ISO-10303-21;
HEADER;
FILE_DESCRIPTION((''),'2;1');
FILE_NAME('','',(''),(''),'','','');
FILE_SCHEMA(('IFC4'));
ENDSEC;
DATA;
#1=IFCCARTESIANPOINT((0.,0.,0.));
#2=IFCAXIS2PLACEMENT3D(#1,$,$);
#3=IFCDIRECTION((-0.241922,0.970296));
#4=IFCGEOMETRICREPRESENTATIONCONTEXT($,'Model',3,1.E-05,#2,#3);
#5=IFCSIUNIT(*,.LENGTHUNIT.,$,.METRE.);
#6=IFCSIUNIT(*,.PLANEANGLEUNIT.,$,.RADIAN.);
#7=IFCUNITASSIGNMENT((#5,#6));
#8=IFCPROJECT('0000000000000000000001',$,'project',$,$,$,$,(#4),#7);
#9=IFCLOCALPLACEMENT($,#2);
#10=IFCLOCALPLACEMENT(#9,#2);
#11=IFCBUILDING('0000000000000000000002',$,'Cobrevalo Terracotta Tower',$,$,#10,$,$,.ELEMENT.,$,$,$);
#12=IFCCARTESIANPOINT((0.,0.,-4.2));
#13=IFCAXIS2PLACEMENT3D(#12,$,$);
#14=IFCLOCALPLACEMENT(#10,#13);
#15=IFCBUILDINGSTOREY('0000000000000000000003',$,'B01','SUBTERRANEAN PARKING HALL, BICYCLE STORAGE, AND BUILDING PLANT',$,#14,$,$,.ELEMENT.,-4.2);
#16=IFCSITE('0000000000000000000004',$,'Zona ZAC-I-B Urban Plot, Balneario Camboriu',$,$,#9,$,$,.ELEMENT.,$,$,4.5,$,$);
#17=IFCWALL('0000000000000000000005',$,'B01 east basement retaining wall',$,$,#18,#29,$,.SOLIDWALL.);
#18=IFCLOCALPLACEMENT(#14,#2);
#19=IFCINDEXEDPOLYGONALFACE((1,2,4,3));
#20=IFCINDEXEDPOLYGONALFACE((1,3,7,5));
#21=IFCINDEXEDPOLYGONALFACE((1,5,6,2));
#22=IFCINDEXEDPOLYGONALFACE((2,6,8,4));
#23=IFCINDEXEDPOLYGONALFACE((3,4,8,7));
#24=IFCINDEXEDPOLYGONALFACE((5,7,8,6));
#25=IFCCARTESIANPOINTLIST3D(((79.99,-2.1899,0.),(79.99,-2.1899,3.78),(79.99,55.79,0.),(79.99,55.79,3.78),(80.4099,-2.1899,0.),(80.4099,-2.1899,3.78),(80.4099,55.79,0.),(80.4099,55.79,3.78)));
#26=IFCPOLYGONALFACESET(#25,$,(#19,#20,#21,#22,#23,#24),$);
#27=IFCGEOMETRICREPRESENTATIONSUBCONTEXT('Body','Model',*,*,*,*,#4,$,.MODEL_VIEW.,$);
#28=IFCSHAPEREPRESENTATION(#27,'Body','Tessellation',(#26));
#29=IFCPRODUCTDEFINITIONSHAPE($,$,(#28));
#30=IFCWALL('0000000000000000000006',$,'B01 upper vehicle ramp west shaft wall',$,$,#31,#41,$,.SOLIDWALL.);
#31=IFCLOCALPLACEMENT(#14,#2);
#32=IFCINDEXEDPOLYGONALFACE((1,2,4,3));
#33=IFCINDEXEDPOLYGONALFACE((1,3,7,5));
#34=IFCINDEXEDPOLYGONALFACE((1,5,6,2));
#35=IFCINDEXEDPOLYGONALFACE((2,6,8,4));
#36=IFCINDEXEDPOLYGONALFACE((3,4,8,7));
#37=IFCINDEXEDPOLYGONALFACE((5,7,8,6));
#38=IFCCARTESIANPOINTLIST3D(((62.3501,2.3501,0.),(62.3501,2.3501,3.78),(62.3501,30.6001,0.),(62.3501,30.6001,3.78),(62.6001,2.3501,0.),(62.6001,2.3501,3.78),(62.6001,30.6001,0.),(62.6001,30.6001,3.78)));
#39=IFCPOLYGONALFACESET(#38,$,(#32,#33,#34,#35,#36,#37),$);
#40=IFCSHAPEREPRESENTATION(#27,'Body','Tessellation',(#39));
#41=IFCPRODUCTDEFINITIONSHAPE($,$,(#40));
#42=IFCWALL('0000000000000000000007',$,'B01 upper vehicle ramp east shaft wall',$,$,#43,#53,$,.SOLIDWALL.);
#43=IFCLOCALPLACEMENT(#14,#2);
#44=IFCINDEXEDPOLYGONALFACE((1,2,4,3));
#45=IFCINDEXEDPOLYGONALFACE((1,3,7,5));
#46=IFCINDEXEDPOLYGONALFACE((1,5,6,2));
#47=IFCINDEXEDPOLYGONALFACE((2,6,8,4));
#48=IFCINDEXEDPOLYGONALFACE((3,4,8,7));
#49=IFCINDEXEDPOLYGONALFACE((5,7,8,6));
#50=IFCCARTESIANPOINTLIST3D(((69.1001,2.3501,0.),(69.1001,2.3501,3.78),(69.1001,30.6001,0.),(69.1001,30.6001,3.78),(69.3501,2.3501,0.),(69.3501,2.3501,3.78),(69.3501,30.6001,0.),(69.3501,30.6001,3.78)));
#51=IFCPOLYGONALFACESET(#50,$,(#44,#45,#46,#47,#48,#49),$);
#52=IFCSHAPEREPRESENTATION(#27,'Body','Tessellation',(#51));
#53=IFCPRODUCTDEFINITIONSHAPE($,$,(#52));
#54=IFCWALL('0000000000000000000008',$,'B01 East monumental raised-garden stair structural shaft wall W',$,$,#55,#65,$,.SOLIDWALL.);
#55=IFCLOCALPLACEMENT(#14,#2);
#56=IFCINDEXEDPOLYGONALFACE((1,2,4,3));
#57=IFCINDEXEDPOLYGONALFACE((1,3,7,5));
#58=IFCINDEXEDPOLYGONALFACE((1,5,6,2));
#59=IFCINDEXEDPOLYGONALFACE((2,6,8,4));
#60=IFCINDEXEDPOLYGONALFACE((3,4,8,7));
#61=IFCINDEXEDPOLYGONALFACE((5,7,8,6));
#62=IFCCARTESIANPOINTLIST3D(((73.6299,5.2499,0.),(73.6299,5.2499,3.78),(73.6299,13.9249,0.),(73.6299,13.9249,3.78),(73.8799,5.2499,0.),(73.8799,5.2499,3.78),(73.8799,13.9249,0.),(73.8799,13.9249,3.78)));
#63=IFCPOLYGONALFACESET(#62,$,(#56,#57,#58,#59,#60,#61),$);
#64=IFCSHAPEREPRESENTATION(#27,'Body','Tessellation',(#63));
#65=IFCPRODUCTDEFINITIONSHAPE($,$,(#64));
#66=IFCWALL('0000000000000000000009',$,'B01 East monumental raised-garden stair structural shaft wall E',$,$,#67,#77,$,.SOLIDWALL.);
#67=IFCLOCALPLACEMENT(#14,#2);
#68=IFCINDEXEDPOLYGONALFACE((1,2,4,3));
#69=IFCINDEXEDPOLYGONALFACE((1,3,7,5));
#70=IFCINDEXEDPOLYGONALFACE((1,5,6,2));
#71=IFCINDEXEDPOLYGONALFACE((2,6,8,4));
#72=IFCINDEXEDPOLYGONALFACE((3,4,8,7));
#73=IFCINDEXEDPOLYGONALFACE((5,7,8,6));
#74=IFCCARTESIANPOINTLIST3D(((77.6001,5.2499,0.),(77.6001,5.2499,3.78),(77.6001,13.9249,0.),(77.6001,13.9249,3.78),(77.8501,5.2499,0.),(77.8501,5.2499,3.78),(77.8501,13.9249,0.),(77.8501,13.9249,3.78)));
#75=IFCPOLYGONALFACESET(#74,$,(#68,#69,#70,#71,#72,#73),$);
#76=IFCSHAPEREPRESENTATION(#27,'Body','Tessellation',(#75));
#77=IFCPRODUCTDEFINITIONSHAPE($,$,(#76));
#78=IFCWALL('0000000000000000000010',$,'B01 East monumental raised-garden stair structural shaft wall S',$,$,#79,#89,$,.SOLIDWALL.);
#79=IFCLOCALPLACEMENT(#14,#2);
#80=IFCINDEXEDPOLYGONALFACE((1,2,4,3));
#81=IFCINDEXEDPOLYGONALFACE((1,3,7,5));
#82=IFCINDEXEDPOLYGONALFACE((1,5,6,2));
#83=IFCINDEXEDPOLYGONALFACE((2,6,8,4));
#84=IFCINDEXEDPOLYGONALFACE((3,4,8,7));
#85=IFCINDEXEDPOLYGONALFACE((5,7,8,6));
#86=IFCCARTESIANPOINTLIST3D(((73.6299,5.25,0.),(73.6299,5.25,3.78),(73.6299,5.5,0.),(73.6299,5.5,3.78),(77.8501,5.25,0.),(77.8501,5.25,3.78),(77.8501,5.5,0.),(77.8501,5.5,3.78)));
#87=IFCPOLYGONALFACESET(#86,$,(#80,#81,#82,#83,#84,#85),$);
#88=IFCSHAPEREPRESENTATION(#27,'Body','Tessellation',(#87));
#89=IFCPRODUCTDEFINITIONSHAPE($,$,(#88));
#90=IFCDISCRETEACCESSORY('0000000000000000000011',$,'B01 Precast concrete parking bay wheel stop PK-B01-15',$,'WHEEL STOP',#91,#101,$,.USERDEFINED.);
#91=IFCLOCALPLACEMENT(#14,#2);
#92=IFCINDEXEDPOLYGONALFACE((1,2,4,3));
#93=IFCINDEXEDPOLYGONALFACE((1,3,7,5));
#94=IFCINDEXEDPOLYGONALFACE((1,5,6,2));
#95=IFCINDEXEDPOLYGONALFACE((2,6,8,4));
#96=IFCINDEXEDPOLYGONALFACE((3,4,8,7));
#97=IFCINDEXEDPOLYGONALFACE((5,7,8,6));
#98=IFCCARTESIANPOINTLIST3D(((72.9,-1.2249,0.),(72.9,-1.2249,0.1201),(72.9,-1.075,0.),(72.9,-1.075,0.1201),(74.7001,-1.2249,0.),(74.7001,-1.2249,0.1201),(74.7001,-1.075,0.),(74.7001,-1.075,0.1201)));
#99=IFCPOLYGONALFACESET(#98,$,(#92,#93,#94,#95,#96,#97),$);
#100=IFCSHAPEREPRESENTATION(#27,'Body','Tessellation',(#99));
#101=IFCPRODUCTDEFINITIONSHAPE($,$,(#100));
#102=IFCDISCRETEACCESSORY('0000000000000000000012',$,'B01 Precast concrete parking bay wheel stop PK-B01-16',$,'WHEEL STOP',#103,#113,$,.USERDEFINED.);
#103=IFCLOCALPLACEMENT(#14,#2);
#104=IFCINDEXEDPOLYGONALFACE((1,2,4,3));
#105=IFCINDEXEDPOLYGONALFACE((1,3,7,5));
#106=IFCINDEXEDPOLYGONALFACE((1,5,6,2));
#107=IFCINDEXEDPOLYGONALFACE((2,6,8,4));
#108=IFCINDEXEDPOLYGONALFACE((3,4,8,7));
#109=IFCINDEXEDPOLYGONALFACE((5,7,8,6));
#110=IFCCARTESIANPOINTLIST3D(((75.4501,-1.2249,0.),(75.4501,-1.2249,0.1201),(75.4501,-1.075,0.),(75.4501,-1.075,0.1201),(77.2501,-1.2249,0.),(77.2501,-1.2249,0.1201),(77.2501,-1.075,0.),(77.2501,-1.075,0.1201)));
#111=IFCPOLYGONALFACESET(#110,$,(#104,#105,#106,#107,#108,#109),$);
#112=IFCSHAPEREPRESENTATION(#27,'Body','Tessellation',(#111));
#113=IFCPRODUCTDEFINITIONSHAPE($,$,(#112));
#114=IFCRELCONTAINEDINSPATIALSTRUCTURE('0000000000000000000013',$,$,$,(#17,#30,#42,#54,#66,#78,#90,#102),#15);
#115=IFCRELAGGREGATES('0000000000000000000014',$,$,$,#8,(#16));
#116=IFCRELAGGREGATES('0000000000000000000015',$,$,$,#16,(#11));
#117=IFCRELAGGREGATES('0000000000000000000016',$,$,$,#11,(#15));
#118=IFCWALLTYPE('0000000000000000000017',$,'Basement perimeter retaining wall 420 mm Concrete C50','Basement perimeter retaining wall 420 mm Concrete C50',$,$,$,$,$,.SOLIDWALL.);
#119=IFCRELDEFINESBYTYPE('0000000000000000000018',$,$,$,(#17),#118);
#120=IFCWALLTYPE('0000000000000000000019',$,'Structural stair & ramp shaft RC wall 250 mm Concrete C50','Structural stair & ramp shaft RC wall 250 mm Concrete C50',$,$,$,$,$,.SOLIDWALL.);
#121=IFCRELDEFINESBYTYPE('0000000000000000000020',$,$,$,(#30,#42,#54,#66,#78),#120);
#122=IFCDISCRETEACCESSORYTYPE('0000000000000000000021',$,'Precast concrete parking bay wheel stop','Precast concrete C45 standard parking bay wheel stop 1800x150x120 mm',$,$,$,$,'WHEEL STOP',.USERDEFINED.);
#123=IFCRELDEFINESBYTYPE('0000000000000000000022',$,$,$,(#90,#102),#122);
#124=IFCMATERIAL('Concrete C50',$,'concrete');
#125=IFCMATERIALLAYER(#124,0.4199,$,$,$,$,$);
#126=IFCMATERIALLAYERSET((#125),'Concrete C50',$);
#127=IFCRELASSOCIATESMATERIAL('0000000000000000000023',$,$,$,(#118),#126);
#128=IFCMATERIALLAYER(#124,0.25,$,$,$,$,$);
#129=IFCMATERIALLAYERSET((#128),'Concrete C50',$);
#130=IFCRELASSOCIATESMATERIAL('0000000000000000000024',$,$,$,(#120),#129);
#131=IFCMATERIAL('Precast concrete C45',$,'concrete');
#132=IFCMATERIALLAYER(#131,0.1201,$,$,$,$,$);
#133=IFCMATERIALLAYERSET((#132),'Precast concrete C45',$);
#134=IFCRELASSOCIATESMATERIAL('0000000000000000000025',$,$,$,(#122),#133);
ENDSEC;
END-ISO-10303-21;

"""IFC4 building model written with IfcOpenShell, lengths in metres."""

from ifc_helpers import new_model, si_unit, direction, frame, frame_2d, origin, origin_2d, place, context, subcontext, project, spatial, rectangle, extrude, source, transform, mapped, material, layer, layer_set, type_object, element, save


model = new_model("IFC4")

# Units and contexts
model_context = context("Model", 3, precision=1e-05, world=origin(), true_north=direction((-0.241922, 0.970296)))
body_context = subcontext(model_context, "Body", "Model", "MODEL_VIEW")
ifc_project = project(units=[si_unit("LENGTHUNIT", "METRE"), si_unit("PLANEANGLEUNIT", "RADIAN")], contexts=[model_context])

# Site, building, storey
site_placement = place(None, origin())
site = spatial("IfcSite", under=ifc_project, at=site_placement, Name="Zona ZAC-I-B Urban Plot, Balneario Camboriu", CompositionType="ELEMENT", RefElevation=4.5)
building_placement = place(site_placement, origin())
building = spatial("IfcBuilding", under=site, at=building_placement, Name="Cobrevalo Terracotta Tower", CompositionType="ELEMENT")
storey_placement = place(building_placement, frame((0.0, 0.0, -4.2)))
storey = spatial("IfcBuildingStorey", under=building, at=storey_placement, Name="B01", Description="SUBTERRANEAN PARKING HALL, BICYCLE STORAGE, AND BUILDING PLANT", CompositionType="ELEMENT", Elevation=-4.2)

# Shared definitions
ifc_material_1 = material(Name="Concrete C50", Category="concrete")

# Walls
ifc_layer_1 = layer(ifc_material_1, 0.4199)
ifc_layer_set_1 = layer_set([ifc_layer_1], Name="Concrete C50")
wall_type_1 = type_object("IfcWallType", Name="Basement perimeter retaining wall 420 mm Concrete C50", Description="Basement perimeter retaining wall 420 mm Concrete C50", PredefinedType="SOLIDWALL", material=ifc_layer_set_1)
wall_1_placement = place(storey_placement, frame((80.2, -2.1899, 0.0), z_axis=(0.0, 0.0, 1.0), x_axis=(0.0, 1.0, 0.0)))
element("IfcWall", 1, at=wall_1_placement, inside=storey, type_object=wall_type_1, Name="B01 east basement retaining wall", PredefinedType="SOLIDWALL", context=body_context, shape_type="SweptSolid", body=[
    extrude(rectangle(XDim=57.98, YDim=0.4199, at=frame_2d((28.99, 0.0))), origin(), (0.0, 0.0, 1.0), 3.78),
])
ifc_layer_2 = layer(ifc_material_1, 0.25)
ifc_layer_set_2 = layer_set([ifc_layer_2], Name="Concrete C50")
wall_type_2 = type_object("IfcWallType", Name="Structural stair & ramp shaft RC wall 250 mm Concrete C50", Description="Structural stair & ramp shaft RC wall 250 mm Concrete C50", PredefinedType="SOLIDWALL", material=ifc_layer_set_2)
for number, where, z_axis, x_axis, name in (
    (2, (62.4751, 2.3501, 0.0), (0.0, 0.0, 1.0), (0.0, 1.0, 0.0), "B01 upper vehicle ramp west shaft wall"),
    (3, (69.2251, 2.3501, 0.0), (0.0, 0.0, 1.0), (0.0, 1.0, 0.0), "B01 upper vehicle ramp east shaft wall"),
):
    element("IfcWall", number, at=place(storey_placement, frame(where, z_axis=z_axis, x_axis=x_axis)), inside=storey, type_object=wall_type_2, Name=name, PredefinedType="SOLIDWALL", context=body_context, shape_type="SweptSolid", body=[
        extrude(rectangle(XDim=28.25, YDim=0.25, at=frame_2d((14.125, 0.0))), origin(), (0.0, 0.0, 1.0), 3.78),
    ])
for number, where, z_axis, x_axis, name in (
    (4, (73.7549, 5.25, 0.0), (0.0, 0.0, 1.0), (0.0, 1.0, 0.0), "B01 East monumental raised-garden stair structural shaft wall W"),
    (5, (77.7251, 5.25, 0.0), (0.0, 0.0, 1.0), (0.0, 1.0, 0.0), "B01 East monumental raised-garden stair structural shaft wall E"),
):
    element("IfcWall", number, at=place(storey_placement, frame(where, z_axis=z_axis, x_axis=x_axis)), inside=storey, type_object=wall_type_2, Name=name, PredefinedType="SOLIDWALL", context=body_context, shape_type="SweptSolid", body=[
        extrude(rectangle(XDim=8.675, YDim=0.25, at=frame_2d((4.3374, 0.0))), origin(), (0.0, 0.0, 1.0), 3.78),
    ])
wall_2_placement = place(storey_placement, frame((73.6299, 5.375, 0.0), z_axis=(0.0, 0.0, 1.0), x_axis=(1.0, 0.0, 0.0)))
element("IfcWall", 6, at=wall_2_placement, inside=storey, type_object=wall_type_2, Name="B01 East monumental raised-garden stair structural shaft wall S", PredefinedType="SOLIDWALL", context=body_context, shape_type="SweptSolid", body=[
    extrude(rectangle(XDim=4.2202, YDim=0.25, at=frame_2d((2.1101, 0.0))), origin(), (0.0, 0.0, 1.0), 3.78),
])

# Discrete accessories
ifc_material_2 = material(Name="Precast concrete C45", Category="concrete")
ifc_layer_3 = layer(ifc_material_2, 0.1201)
ifc_layer_set_3 = layer_set([ifc_layer_3], Name="Precast concrete C45")
discrete_accessory_type = type_object("IfcDiscreteAccessoryType", Name="Precast concrete parking bay wheel stop", Description="Precast concrete C45 standard parking bay wheel stop 1800x150x120 mm", ElementType="WHEEL STOP", PredefinedType="USERDEFINED", material=ifc_layer_set_3)
shared_shape = source(origin(), body_context, "Body", "SweptSolid", [
    extrude(rectangle(XDim=1.8, YDim=0.1499, at=origin_2d()), origin(), (0.0, 0.0, 1.0), 0.1201),
])
for number, where, z_axis, x_axis, name in (
    (7, (73.8, -1.1499, 0.0), (0.0, 0.0, 1.0), (1.0, 0.0, 0.0), "B01 Precast concrete parking bay wheel stop PK-B01-15"),
    (8, (76.3501, -1.1499, 0.0), (0.0, 0.0, 1.0), (1.0, 0.0, 0.0), "B01 Precast concrete parking bay wheel stop PK-B01-16"),
):
    element("IfcDiscreteAccessory", number, at=place(storey_placement, frame(where, z_axis=z_axis, x_axis=x_axis)), inside=storey, type_object=discrete_accessory_type, Name=name, ObjectType="WHEEL STOP", PredefinedType="USERDEFINED", context=body_context, shape_type="MappedRepresentation", body=[
        mapped(shared_shape, transform((0.0, 0.0, 0.0), scale=1.0)),
    ])

save(model, "model.ifc")
